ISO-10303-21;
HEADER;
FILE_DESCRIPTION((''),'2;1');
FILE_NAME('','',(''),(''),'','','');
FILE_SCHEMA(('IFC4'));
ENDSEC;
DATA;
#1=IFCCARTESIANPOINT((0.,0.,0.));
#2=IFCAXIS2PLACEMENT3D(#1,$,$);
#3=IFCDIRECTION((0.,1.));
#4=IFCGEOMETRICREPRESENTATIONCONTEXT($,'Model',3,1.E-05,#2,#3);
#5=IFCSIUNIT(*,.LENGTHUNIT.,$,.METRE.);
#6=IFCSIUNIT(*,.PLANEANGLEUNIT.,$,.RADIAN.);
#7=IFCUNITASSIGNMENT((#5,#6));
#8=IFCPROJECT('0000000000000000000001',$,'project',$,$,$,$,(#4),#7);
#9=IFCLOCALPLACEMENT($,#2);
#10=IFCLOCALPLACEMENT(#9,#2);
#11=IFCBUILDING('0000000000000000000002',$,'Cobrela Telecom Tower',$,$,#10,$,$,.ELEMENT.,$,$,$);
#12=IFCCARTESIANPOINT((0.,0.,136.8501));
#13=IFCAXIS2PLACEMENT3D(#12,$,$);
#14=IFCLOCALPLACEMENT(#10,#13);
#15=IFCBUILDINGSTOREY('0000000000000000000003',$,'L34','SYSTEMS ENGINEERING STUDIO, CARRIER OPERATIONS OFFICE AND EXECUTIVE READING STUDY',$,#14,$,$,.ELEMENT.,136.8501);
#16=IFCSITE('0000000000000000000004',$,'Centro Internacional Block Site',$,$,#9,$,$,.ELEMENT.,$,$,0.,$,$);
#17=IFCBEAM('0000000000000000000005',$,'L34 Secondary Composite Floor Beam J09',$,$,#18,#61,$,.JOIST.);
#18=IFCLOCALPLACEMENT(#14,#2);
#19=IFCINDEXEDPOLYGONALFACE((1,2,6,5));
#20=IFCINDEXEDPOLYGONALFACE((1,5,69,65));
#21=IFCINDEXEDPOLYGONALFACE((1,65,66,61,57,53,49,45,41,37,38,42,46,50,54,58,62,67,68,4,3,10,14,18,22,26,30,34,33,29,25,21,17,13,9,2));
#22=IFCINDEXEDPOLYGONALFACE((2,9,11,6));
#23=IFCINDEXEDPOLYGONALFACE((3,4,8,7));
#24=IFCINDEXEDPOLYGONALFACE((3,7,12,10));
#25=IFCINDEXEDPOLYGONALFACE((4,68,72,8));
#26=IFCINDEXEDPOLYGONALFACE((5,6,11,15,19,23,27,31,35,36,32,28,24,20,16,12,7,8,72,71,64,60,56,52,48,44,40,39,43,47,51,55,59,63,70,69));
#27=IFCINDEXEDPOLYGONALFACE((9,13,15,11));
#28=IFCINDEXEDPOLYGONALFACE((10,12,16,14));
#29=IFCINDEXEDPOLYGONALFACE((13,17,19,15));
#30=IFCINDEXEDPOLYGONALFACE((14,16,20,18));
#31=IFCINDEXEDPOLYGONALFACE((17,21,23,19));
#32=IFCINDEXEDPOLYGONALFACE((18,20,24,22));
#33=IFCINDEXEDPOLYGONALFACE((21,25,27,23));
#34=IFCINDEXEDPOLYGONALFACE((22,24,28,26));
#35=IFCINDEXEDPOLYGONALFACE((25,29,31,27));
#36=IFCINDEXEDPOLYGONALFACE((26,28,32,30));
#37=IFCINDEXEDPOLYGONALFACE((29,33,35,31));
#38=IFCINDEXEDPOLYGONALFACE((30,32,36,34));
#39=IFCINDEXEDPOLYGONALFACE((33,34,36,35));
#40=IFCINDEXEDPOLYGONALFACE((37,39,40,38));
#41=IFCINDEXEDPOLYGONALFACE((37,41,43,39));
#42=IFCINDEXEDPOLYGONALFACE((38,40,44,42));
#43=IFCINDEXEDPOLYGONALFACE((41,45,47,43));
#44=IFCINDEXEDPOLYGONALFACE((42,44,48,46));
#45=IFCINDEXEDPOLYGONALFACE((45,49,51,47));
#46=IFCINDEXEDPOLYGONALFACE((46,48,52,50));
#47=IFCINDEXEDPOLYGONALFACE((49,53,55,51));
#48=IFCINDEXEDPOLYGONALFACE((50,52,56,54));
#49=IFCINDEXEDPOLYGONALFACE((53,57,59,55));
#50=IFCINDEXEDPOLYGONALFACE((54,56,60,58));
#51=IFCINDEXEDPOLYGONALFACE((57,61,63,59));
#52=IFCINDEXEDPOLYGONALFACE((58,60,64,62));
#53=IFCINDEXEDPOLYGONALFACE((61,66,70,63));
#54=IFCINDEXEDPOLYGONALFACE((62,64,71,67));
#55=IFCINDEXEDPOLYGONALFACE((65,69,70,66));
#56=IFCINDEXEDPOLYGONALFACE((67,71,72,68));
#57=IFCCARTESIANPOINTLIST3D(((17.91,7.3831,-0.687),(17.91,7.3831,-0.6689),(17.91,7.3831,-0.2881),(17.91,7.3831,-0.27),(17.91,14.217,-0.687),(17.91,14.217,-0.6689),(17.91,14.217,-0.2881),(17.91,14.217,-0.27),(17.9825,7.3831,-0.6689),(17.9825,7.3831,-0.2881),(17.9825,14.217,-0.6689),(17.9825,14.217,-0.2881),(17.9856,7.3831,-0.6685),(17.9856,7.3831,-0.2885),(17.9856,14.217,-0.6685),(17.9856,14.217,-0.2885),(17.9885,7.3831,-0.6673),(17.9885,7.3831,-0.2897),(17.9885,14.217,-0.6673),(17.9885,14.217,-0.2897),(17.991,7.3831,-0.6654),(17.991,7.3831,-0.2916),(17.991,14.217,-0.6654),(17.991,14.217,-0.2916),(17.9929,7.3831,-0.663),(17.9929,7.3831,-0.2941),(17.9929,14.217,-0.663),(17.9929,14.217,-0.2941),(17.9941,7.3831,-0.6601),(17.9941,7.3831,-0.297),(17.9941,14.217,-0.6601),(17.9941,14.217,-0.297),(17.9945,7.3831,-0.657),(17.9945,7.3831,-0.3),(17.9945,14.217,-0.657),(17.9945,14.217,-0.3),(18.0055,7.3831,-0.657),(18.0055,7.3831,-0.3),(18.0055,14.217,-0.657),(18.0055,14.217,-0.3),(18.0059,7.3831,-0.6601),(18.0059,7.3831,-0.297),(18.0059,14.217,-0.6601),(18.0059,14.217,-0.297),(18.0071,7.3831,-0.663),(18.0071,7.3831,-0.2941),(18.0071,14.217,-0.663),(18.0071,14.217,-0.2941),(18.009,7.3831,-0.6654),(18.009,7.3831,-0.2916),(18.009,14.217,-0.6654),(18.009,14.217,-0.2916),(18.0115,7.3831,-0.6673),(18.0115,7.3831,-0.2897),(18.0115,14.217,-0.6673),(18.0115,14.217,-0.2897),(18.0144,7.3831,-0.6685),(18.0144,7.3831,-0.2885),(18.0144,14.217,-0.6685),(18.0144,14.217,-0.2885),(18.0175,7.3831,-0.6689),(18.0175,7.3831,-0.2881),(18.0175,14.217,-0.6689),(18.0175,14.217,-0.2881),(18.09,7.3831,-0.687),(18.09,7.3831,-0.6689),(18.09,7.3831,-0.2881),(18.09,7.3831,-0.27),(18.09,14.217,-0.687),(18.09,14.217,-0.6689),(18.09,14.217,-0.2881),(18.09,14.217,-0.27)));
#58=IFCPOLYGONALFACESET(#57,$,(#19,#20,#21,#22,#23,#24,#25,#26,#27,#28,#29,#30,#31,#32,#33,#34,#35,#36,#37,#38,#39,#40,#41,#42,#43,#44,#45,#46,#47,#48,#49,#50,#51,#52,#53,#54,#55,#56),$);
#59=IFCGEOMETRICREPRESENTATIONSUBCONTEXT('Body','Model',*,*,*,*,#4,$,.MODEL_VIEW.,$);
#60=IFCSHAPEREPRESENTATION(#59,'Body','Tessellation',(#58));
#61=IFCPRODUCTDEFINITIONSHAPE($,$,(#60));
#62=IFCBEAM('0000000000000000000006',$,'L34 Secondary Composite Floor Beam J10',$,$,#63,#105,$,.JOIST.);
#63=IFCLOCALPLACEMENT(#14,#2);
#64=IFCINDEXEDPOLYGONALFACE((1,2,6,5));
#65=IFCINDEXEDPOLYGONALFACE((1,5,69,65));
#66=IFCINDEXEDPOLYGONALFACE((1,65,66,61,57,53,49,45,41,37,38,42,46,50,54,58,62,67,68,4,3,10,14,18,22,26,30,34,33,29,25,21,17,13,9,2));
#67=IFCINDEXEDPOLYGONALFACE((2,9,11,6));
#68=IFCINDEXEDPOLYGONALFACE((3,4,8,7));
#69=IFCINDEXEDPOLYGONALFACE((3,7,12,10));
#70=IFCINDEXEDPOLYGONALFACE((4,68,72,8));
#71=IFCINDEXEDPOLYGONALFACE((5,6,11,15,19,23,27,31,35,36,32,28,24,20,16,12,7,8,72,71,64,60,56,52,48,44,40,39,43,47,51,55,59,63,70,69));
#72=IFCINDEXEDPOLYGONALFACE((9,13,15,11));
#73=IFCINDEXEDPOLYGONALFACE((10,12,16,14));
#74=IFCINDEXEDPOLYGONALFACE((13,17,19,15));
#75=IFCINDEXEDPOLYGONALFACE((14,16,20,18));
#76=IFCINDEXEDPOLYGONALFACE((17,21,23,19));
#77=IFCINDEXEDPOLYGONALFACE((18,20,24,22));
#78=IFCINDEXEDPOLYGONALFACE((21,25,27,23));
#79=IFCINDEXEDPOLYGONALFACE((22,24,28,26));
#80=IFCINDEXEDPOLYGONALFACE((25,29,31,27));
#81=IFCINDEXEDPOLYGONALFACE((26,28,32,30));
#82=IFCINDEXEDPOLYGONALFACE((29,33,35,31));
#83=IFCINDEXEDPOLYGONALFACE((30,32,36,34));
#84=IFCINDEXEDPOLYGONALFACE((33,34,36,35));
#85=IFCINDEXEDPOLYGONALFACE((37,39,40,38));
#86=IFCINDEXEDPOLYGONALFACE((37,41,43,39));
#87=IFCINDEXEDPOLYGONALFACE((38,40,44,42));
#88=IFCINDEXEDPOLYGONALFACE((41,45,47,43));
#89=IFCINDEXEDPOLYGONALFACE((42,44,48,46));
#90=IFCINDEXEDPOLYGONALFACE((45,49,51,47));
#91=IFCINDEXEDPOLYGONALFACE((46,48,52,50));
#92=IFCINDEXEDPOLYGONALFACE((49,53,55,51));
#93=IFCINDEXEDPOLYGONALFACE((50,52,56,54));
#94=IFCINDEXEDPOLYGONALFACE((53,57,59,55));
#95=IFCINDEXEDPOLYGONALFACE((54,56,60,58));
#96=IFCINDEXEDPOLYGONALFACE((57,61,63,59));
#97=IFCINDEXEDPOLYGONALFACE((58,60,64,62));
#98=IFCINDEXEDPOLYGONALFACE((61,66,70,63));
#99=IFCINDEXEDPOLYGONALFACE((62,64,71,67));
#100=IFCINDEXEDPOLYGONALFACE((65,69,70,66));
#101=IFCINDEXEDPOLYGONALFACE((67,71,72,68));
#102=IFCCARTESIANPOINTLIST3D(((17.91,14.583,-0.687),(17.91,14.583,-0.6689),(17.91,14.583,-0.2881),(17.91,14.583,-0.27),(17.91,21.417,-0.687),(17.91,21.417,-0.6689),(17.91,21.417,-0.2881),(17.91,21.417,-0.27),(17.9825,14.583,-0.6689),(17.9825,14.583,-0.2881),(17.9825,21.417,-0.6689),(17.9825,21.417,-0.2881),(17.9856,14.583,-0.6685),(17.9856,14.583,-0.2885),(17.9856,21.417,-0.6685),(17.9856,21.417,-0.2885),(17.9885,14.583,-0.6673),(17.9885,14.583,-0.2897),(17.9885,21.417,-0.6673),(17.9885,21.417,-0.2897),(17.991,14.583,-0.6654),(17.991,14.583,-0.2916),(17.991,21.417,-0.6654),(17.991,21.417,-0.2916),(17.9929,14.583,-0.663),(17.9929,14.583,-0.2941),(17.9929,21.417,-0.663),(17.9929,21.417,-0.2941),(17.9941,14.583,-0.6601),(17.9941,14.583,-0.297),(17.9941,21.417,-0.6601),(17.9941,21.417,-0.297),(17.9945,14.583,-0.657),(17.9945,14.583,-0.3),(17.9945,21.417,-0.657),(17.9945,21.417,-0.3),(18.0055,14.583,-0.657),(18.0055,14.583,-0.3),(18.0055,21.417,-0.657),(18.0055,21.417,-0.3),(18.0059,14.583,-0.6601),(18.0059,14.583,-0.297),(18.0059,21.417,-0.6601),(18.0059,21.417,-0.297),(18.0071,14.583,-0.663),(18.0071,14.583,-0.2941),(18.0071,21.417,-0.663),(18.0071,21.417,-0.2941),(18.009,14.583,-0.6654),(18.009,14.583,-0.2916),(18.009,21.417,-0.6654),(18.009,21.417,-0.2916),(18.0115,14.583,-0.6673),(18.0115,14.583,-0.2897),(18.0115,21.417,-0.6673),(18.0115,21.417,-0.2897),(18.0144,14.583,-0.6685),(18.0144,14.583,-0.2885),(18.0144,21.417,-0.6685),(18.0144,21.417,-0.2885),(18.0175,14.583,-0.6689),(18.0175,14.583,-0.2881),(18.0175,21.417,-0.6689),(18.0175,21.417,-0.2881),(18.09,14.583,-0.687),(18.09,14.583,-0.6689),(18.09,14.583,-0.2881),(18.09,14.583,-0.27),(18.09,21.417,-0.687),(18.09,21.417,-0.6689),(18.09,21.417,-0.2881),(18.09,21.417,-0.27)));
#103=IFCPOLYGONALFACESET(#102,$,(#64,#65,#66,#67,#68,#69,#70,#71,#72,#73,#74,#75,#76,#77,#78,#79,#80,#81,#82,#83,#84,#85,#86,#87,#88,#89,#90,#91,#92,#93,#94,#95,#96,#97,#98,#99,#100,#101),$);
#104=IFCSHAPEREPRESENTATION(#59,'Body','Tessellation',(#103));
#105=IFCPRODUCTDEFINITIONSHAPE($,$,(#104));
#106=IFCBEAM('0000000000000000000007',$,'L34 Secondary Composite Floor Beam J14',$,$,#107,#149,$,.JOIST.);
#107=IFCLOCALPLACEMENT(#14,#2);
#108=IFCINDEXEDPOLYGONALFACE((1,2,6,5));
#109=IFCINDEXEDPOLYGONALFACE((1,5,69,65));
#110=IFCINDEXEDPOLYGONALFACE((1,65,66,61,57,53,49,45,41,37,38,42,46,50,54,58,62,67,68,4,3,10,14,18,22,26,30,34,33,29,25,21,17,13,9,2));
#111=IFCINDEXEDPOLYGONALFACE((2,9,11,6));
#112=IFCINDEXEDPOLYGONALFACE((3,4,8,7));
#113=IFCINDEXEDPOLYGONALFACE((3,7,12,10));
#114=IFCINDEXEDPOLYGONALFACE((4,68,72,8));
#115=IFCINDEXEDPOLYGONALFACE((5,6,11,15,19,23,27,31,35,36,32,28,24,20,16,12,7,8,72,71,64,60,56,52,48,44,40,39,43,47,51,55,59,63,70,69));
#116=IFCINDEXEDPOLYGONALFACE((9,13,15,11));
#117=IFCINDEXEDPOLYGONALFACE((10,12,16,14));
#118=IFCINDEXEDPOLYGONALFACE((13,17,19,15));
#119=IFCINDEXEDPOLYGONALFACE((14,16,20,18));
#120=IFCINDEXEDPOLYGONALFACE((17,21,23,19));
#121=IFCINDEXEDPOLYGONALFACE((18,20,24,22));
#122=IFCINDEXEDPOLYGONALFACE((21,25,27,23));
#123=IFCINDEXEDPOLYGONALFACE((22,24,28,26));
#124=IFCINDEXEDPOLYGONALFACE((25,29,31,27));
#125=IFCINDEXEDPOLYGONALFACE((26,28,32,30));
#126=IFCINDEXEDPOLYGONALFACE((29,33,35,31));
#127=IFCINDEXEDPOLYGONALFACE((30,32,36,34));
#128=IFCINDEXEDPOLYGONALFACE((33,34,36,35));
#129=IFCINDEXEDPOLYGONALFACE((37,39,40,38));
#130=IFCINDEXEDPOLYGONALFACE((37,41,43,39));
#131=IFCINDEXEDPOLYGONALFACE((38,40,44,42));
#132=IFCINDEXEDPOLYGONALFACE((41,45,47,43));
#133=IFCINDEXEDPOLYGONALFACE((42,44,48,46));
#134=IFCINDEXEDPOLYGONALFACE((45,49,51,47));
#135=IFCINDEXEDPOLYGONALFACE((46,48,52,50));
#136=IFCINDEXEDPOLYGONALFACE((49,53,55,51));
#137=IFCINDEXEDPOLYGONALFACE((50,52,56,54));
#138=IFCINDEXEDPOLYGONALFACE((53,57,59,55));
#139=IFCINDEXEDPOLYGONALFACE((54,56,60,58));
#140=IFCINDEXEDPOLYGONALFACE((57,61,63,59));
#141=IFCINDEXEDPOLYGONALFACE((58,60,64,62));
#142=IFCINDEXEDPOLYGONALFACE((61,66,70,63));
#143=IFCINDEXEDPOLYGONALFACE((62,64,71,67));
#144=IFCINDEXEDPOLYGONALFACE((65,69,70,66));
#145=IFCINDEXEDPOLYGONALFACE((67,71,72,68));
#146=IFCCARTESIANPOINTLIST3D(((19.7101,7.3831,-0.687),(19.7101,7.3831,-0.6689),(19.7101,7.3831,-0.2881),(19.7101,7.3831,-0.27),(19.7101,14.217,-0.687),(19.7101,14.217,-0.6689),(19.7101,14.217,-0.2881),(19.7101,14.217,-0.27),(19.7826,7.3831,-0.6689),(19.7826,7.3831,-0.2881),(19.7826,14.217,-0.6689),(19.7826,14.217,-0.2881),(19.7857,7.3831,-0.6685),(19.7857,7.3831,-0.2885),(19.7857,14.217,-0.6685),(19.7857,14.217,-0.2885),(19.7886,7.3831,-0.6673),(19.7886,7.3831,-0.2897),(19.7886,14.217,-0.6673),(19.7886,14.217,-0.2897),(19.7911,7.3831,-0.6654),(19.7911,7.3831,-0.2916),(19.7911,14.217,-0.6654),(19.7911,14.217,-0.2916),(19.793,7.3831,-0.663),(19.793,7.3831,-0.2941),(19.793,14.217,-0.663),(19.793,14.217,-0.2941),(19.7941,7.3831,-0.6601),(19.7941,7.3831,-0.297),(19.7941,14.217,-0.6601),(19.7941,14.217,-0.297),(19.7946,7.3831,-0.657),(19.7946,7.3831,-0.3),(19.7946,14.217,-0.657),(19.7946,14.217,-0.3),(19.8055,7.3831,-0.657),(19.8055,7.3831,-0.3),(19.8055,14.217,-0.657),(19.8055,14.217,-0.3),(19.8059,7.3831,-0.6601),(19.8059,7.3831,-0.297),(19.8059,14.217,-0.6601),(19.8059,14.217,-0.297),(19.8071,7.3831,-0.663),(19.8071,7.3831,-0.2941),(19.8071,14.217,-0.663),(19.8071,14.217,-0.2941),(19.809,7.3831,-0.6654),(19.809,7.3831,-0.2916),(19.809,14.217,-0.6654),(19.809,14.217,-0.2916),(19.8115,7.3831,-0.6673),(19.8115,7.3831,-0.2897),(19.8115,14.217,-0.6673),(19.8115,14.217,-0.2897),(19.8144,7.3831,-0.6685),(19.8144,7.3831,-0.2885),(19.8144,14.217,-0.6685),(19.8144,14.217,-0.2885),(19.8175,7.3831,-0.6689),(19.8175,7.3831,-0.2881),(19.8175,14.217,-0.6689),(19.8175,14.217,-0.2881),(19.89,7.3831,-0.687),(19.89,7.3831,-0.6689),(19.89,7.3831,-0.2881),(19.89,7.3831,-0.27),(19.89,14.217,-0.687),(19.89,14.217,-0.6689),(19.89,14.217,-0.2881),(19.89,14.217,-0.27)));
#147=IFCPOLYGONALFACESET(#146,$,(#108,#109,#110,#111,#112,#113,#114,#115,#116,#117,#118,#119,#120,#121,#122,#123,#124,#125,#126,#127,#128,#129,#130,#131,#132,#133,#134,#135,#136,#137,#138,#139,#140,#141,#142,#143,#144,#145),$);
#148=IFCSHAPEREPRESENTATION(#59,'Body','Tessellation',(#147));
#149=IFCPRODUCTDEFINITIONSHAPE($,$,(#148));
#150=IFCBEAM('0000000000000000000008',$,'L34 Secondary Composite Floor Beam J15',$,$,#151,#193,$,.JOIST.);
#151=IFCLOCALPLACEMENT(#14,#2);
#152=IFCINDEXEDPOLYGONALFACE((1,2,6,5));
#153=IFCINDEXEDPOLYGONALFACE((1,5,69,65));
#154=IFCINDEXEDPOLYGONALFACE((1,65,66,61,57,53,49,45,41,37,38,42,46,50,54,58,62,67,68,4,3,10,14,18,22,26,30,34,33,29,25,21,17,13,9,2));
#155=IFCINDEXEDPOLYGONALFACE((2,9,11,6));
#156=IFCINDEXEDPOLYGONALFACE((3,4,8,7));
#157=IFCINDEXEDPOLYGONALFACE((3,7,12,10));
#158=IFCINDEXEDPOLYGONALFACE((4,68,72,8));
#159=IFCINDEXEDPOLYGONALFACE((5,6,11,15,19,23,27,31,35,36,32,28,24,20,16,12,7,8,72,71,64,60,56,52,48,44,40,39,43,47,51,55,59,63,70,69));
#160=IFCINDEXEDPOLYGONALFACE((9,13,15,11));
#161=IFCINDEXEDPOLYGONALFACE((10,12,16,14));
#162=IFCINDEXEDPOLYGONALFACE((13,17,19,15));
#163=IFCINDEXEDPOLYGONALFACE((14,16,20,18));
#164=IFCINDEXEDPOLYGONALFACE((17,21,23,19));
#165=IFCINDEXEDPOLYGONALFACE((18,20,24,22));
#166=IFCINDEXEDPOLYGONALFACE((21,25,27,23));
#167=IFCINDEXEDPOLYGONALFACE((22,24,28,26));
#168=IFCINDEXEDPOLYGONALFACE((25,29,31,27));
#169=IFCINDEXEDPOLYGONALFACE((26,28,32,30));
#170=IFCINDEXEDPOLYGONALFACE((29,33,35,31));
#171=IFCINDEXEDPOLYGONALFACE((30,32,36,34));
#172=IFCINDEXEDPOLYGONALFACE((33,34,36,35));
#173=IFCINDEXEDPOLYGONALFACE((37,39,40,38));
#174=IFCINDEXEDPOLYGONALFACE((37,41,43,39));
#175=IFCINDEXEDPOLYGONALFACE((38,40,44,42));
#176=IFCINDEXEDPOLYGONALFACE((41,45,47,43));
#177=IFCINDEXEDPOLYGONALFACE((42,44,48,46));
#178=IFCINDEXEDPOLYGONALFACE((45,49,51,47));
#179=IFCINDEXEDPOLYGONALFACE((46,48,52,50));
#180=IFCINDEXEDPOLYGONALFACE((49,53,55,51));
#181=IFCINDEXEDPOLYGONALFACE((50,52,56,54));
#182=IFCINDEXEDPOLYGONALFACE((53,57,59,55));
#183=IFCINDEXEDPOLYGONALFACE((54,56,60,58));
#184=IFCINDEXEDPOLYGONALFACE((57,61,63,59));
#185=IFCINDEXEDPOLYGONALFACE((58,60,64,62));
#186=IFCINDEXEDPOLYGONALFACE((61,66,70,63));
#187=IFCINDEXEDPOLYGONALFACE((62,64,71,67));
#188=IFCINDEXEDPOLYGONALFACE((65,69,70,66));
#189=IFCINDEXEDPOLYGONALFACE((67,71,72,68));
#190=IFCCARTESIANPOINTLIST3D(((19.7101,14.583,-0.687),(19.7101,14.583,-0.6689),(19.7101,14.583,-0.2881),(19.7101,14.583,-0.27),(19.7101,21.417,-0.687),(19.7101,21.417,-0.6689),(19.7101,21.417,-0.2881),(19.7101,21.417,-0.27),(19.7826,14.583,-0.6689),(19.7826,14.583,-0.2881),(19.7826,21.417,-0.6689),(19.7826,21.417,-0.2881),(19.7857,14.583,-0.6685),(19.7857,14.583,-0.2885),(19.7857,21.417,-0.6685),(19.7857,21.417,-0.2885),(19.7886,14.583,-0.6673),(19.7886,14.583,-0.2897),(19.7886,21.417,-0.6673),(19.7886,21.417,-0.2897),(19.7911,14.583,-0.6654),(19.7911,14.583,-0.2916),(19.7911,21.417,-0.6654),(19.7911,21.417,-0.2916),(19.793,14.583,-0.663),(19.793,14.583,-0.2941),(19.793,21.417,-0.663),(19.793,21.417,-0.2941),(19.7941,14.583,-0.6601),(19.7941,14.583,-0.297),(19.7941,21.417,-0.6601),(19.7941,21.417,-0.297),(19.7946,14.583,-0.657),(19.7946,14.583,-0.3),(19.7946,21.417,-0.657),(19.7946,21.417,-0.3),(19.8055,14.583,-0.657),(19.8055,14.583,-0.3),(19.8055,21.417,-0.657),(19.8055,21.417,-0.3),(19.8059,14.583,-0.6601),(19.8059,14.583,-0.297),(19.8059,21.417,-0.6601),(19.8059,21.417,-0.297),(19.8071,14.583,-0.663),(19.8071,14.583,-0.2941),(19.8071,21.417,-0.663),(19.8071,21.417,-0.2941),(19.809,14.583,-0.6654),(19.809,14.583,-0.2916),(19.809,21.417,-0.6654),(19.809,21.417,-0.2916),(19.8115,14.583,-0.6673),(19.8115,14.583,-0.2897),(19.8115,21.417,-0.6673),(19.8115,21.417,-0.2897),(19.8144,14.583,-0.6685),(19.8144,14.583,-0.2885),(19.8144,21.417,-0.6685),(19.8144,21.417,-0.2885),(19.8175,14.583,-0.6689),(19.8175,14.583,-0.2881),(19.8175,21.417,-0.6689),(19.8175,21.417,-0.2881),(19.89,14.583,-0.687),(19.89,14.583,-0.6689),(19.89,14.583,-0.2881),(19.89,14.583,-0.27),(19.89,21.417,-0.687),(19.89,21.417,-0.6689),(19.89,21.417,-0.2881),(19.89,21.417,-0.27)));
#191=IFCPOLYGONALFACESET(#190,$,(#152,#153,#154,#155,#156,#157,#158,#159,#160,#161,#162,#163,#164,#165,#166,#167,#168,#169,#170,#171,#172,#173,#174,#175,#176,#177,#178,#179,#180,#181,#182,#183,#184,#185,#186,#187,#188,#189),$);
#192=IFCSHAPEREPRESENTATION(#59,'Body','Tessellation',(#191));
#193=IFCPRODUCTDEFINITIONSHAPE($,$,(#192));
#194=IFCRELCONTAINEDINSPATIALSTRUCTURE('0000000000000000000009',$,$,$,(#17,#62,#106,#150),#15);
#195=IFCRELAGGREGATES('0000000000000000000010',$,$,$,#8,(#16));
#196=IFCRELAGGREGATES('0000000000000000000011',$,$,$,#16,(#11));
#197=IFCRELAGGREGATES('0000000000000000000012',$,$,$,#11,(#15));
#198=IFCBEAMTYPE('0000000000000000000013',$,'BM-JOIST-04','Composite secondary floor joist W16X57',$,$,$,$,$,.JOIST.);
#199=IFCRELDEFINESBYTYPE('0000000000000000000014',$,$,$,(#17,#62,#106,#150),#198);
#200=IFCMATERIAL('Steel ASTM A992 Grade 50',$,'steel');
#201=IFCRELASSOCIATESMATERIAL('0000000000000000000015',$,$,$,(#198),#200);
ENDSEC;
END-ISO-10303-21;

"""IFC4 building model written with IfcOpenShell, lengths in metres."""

from ifc_helpers import new_model, si_unit, direction, frame, origin, origin_2d, place, context, subcontext, project, spatial, i_section, extrude, material, material_profile, profile_set, type_object, element, save


model = new_model("IFC4")

# Units and contexts
model_context = context("Model", 3, precision=1e-05, world=origin(), true_north=direction((0.0, 1.0)))
body_context = subcontext(model_context, "Body", "Model", "MODEL_VIEW")
ifc_project = project(units=[si_unit("LENGTHUNIT", "METRE"), si_unit("PLANEANGLEUNIT", "RADIAN")], contexts=[model_context])

# Site, building, storey
site_placement = place(None, origin())
site = spatial("IfcSite", under=ifc_project, at=site_placement, Name="Centro Internacional Block Site", CompositionType="ELEMENT", RefElevation=0.0)
building_placement = place(site_placement, origin())
building = spatial("IfcBuilding", under=site, at=building_placement, Name="Cobrela Telecom Tower", CompositionType="ELEMENT")
storey_placement = place(building_placement, frame((0.0, 0.0, 136.8501)))
storey = spatial("IfcBuildingStorey", under=building, at=storey_placement, Name="L34", Description="SYSTEMS ENGINEERING STUDIO, CARRIER OPERATIONS OFFICE AND EXECUTIVE READING STUDY", CompositionType="ELEMENT", Elevation=136.8501)

# Shared definitions
ifc_material_1 = material(Name="Steel ASTM A992 Grade 50", Category="steel")

# Beams
ifc_material_profile_1 = material_profile(ifc_material_1, i_section(OverallWidth=0.1799, OverallDepth=0.417, WebThickness=0.011, FlangeThickness=0.0181, FilletRadius=0.012, at=origin_2d()), Name="W16X57")
ifc_profile_set_1 = profile_set([ifc_material_profile_1], Name="Steel ASTM A992 Grade 50")
beam_type_1 = type_object("IfcBeamType", Name="BM-JOIST-04", Description="Composite secondary floor joist W16X57", PredefinedType="JOIST", material=ifc_profile_set_1)
for number, where, z_axis, x_axis, name in (
    (1, (18.0, 7.3831, -0.4785), (0.0, 1.0, 0.0), (-1.0, 0.0, 0.0), "L34 Secondary Composite Floor Beam J09"),
    (2, (18.0, 14.583, -0.4785), (0.0, 1.0, 0.0), (-1.0, 0.0, 0.0), "L34 Secondary Composite Floor Beam J10"),
    (3, (19.8, 7.3831, -0.4785), (0.0, 1.0, 0.0), (-1.0, 0.0, 0.0), "L34 Secondary Composite Floor Beam J14"),
    (4, (19.8, 14.583, -0.4785), (0.0, 1.0, 0.0), (-1.0, 0.0, 0.0), "L34 Secondary Composite Floor Beam J15"),
):
    element("IfcBeam", number, at=place(storey_placement, frame(where, z_axis=z_axis, x_axis=x_axis)), inside=storey, type_object=beam_type_1, Name=name, PredefinedType="JOIST", context=body_context, shape_type="SweptSolid", body=[
        extrude(i_section(OverallWidth=0.1799, OverallDepth=0.417, WebThickness=0.011, FlangeThickness=0.0181, FilletRadius=0.012, at=origin_2d()), origin(), (0.0, 0.0, 1.0), 6.834),
    ])

save(model, "model.ifc")
